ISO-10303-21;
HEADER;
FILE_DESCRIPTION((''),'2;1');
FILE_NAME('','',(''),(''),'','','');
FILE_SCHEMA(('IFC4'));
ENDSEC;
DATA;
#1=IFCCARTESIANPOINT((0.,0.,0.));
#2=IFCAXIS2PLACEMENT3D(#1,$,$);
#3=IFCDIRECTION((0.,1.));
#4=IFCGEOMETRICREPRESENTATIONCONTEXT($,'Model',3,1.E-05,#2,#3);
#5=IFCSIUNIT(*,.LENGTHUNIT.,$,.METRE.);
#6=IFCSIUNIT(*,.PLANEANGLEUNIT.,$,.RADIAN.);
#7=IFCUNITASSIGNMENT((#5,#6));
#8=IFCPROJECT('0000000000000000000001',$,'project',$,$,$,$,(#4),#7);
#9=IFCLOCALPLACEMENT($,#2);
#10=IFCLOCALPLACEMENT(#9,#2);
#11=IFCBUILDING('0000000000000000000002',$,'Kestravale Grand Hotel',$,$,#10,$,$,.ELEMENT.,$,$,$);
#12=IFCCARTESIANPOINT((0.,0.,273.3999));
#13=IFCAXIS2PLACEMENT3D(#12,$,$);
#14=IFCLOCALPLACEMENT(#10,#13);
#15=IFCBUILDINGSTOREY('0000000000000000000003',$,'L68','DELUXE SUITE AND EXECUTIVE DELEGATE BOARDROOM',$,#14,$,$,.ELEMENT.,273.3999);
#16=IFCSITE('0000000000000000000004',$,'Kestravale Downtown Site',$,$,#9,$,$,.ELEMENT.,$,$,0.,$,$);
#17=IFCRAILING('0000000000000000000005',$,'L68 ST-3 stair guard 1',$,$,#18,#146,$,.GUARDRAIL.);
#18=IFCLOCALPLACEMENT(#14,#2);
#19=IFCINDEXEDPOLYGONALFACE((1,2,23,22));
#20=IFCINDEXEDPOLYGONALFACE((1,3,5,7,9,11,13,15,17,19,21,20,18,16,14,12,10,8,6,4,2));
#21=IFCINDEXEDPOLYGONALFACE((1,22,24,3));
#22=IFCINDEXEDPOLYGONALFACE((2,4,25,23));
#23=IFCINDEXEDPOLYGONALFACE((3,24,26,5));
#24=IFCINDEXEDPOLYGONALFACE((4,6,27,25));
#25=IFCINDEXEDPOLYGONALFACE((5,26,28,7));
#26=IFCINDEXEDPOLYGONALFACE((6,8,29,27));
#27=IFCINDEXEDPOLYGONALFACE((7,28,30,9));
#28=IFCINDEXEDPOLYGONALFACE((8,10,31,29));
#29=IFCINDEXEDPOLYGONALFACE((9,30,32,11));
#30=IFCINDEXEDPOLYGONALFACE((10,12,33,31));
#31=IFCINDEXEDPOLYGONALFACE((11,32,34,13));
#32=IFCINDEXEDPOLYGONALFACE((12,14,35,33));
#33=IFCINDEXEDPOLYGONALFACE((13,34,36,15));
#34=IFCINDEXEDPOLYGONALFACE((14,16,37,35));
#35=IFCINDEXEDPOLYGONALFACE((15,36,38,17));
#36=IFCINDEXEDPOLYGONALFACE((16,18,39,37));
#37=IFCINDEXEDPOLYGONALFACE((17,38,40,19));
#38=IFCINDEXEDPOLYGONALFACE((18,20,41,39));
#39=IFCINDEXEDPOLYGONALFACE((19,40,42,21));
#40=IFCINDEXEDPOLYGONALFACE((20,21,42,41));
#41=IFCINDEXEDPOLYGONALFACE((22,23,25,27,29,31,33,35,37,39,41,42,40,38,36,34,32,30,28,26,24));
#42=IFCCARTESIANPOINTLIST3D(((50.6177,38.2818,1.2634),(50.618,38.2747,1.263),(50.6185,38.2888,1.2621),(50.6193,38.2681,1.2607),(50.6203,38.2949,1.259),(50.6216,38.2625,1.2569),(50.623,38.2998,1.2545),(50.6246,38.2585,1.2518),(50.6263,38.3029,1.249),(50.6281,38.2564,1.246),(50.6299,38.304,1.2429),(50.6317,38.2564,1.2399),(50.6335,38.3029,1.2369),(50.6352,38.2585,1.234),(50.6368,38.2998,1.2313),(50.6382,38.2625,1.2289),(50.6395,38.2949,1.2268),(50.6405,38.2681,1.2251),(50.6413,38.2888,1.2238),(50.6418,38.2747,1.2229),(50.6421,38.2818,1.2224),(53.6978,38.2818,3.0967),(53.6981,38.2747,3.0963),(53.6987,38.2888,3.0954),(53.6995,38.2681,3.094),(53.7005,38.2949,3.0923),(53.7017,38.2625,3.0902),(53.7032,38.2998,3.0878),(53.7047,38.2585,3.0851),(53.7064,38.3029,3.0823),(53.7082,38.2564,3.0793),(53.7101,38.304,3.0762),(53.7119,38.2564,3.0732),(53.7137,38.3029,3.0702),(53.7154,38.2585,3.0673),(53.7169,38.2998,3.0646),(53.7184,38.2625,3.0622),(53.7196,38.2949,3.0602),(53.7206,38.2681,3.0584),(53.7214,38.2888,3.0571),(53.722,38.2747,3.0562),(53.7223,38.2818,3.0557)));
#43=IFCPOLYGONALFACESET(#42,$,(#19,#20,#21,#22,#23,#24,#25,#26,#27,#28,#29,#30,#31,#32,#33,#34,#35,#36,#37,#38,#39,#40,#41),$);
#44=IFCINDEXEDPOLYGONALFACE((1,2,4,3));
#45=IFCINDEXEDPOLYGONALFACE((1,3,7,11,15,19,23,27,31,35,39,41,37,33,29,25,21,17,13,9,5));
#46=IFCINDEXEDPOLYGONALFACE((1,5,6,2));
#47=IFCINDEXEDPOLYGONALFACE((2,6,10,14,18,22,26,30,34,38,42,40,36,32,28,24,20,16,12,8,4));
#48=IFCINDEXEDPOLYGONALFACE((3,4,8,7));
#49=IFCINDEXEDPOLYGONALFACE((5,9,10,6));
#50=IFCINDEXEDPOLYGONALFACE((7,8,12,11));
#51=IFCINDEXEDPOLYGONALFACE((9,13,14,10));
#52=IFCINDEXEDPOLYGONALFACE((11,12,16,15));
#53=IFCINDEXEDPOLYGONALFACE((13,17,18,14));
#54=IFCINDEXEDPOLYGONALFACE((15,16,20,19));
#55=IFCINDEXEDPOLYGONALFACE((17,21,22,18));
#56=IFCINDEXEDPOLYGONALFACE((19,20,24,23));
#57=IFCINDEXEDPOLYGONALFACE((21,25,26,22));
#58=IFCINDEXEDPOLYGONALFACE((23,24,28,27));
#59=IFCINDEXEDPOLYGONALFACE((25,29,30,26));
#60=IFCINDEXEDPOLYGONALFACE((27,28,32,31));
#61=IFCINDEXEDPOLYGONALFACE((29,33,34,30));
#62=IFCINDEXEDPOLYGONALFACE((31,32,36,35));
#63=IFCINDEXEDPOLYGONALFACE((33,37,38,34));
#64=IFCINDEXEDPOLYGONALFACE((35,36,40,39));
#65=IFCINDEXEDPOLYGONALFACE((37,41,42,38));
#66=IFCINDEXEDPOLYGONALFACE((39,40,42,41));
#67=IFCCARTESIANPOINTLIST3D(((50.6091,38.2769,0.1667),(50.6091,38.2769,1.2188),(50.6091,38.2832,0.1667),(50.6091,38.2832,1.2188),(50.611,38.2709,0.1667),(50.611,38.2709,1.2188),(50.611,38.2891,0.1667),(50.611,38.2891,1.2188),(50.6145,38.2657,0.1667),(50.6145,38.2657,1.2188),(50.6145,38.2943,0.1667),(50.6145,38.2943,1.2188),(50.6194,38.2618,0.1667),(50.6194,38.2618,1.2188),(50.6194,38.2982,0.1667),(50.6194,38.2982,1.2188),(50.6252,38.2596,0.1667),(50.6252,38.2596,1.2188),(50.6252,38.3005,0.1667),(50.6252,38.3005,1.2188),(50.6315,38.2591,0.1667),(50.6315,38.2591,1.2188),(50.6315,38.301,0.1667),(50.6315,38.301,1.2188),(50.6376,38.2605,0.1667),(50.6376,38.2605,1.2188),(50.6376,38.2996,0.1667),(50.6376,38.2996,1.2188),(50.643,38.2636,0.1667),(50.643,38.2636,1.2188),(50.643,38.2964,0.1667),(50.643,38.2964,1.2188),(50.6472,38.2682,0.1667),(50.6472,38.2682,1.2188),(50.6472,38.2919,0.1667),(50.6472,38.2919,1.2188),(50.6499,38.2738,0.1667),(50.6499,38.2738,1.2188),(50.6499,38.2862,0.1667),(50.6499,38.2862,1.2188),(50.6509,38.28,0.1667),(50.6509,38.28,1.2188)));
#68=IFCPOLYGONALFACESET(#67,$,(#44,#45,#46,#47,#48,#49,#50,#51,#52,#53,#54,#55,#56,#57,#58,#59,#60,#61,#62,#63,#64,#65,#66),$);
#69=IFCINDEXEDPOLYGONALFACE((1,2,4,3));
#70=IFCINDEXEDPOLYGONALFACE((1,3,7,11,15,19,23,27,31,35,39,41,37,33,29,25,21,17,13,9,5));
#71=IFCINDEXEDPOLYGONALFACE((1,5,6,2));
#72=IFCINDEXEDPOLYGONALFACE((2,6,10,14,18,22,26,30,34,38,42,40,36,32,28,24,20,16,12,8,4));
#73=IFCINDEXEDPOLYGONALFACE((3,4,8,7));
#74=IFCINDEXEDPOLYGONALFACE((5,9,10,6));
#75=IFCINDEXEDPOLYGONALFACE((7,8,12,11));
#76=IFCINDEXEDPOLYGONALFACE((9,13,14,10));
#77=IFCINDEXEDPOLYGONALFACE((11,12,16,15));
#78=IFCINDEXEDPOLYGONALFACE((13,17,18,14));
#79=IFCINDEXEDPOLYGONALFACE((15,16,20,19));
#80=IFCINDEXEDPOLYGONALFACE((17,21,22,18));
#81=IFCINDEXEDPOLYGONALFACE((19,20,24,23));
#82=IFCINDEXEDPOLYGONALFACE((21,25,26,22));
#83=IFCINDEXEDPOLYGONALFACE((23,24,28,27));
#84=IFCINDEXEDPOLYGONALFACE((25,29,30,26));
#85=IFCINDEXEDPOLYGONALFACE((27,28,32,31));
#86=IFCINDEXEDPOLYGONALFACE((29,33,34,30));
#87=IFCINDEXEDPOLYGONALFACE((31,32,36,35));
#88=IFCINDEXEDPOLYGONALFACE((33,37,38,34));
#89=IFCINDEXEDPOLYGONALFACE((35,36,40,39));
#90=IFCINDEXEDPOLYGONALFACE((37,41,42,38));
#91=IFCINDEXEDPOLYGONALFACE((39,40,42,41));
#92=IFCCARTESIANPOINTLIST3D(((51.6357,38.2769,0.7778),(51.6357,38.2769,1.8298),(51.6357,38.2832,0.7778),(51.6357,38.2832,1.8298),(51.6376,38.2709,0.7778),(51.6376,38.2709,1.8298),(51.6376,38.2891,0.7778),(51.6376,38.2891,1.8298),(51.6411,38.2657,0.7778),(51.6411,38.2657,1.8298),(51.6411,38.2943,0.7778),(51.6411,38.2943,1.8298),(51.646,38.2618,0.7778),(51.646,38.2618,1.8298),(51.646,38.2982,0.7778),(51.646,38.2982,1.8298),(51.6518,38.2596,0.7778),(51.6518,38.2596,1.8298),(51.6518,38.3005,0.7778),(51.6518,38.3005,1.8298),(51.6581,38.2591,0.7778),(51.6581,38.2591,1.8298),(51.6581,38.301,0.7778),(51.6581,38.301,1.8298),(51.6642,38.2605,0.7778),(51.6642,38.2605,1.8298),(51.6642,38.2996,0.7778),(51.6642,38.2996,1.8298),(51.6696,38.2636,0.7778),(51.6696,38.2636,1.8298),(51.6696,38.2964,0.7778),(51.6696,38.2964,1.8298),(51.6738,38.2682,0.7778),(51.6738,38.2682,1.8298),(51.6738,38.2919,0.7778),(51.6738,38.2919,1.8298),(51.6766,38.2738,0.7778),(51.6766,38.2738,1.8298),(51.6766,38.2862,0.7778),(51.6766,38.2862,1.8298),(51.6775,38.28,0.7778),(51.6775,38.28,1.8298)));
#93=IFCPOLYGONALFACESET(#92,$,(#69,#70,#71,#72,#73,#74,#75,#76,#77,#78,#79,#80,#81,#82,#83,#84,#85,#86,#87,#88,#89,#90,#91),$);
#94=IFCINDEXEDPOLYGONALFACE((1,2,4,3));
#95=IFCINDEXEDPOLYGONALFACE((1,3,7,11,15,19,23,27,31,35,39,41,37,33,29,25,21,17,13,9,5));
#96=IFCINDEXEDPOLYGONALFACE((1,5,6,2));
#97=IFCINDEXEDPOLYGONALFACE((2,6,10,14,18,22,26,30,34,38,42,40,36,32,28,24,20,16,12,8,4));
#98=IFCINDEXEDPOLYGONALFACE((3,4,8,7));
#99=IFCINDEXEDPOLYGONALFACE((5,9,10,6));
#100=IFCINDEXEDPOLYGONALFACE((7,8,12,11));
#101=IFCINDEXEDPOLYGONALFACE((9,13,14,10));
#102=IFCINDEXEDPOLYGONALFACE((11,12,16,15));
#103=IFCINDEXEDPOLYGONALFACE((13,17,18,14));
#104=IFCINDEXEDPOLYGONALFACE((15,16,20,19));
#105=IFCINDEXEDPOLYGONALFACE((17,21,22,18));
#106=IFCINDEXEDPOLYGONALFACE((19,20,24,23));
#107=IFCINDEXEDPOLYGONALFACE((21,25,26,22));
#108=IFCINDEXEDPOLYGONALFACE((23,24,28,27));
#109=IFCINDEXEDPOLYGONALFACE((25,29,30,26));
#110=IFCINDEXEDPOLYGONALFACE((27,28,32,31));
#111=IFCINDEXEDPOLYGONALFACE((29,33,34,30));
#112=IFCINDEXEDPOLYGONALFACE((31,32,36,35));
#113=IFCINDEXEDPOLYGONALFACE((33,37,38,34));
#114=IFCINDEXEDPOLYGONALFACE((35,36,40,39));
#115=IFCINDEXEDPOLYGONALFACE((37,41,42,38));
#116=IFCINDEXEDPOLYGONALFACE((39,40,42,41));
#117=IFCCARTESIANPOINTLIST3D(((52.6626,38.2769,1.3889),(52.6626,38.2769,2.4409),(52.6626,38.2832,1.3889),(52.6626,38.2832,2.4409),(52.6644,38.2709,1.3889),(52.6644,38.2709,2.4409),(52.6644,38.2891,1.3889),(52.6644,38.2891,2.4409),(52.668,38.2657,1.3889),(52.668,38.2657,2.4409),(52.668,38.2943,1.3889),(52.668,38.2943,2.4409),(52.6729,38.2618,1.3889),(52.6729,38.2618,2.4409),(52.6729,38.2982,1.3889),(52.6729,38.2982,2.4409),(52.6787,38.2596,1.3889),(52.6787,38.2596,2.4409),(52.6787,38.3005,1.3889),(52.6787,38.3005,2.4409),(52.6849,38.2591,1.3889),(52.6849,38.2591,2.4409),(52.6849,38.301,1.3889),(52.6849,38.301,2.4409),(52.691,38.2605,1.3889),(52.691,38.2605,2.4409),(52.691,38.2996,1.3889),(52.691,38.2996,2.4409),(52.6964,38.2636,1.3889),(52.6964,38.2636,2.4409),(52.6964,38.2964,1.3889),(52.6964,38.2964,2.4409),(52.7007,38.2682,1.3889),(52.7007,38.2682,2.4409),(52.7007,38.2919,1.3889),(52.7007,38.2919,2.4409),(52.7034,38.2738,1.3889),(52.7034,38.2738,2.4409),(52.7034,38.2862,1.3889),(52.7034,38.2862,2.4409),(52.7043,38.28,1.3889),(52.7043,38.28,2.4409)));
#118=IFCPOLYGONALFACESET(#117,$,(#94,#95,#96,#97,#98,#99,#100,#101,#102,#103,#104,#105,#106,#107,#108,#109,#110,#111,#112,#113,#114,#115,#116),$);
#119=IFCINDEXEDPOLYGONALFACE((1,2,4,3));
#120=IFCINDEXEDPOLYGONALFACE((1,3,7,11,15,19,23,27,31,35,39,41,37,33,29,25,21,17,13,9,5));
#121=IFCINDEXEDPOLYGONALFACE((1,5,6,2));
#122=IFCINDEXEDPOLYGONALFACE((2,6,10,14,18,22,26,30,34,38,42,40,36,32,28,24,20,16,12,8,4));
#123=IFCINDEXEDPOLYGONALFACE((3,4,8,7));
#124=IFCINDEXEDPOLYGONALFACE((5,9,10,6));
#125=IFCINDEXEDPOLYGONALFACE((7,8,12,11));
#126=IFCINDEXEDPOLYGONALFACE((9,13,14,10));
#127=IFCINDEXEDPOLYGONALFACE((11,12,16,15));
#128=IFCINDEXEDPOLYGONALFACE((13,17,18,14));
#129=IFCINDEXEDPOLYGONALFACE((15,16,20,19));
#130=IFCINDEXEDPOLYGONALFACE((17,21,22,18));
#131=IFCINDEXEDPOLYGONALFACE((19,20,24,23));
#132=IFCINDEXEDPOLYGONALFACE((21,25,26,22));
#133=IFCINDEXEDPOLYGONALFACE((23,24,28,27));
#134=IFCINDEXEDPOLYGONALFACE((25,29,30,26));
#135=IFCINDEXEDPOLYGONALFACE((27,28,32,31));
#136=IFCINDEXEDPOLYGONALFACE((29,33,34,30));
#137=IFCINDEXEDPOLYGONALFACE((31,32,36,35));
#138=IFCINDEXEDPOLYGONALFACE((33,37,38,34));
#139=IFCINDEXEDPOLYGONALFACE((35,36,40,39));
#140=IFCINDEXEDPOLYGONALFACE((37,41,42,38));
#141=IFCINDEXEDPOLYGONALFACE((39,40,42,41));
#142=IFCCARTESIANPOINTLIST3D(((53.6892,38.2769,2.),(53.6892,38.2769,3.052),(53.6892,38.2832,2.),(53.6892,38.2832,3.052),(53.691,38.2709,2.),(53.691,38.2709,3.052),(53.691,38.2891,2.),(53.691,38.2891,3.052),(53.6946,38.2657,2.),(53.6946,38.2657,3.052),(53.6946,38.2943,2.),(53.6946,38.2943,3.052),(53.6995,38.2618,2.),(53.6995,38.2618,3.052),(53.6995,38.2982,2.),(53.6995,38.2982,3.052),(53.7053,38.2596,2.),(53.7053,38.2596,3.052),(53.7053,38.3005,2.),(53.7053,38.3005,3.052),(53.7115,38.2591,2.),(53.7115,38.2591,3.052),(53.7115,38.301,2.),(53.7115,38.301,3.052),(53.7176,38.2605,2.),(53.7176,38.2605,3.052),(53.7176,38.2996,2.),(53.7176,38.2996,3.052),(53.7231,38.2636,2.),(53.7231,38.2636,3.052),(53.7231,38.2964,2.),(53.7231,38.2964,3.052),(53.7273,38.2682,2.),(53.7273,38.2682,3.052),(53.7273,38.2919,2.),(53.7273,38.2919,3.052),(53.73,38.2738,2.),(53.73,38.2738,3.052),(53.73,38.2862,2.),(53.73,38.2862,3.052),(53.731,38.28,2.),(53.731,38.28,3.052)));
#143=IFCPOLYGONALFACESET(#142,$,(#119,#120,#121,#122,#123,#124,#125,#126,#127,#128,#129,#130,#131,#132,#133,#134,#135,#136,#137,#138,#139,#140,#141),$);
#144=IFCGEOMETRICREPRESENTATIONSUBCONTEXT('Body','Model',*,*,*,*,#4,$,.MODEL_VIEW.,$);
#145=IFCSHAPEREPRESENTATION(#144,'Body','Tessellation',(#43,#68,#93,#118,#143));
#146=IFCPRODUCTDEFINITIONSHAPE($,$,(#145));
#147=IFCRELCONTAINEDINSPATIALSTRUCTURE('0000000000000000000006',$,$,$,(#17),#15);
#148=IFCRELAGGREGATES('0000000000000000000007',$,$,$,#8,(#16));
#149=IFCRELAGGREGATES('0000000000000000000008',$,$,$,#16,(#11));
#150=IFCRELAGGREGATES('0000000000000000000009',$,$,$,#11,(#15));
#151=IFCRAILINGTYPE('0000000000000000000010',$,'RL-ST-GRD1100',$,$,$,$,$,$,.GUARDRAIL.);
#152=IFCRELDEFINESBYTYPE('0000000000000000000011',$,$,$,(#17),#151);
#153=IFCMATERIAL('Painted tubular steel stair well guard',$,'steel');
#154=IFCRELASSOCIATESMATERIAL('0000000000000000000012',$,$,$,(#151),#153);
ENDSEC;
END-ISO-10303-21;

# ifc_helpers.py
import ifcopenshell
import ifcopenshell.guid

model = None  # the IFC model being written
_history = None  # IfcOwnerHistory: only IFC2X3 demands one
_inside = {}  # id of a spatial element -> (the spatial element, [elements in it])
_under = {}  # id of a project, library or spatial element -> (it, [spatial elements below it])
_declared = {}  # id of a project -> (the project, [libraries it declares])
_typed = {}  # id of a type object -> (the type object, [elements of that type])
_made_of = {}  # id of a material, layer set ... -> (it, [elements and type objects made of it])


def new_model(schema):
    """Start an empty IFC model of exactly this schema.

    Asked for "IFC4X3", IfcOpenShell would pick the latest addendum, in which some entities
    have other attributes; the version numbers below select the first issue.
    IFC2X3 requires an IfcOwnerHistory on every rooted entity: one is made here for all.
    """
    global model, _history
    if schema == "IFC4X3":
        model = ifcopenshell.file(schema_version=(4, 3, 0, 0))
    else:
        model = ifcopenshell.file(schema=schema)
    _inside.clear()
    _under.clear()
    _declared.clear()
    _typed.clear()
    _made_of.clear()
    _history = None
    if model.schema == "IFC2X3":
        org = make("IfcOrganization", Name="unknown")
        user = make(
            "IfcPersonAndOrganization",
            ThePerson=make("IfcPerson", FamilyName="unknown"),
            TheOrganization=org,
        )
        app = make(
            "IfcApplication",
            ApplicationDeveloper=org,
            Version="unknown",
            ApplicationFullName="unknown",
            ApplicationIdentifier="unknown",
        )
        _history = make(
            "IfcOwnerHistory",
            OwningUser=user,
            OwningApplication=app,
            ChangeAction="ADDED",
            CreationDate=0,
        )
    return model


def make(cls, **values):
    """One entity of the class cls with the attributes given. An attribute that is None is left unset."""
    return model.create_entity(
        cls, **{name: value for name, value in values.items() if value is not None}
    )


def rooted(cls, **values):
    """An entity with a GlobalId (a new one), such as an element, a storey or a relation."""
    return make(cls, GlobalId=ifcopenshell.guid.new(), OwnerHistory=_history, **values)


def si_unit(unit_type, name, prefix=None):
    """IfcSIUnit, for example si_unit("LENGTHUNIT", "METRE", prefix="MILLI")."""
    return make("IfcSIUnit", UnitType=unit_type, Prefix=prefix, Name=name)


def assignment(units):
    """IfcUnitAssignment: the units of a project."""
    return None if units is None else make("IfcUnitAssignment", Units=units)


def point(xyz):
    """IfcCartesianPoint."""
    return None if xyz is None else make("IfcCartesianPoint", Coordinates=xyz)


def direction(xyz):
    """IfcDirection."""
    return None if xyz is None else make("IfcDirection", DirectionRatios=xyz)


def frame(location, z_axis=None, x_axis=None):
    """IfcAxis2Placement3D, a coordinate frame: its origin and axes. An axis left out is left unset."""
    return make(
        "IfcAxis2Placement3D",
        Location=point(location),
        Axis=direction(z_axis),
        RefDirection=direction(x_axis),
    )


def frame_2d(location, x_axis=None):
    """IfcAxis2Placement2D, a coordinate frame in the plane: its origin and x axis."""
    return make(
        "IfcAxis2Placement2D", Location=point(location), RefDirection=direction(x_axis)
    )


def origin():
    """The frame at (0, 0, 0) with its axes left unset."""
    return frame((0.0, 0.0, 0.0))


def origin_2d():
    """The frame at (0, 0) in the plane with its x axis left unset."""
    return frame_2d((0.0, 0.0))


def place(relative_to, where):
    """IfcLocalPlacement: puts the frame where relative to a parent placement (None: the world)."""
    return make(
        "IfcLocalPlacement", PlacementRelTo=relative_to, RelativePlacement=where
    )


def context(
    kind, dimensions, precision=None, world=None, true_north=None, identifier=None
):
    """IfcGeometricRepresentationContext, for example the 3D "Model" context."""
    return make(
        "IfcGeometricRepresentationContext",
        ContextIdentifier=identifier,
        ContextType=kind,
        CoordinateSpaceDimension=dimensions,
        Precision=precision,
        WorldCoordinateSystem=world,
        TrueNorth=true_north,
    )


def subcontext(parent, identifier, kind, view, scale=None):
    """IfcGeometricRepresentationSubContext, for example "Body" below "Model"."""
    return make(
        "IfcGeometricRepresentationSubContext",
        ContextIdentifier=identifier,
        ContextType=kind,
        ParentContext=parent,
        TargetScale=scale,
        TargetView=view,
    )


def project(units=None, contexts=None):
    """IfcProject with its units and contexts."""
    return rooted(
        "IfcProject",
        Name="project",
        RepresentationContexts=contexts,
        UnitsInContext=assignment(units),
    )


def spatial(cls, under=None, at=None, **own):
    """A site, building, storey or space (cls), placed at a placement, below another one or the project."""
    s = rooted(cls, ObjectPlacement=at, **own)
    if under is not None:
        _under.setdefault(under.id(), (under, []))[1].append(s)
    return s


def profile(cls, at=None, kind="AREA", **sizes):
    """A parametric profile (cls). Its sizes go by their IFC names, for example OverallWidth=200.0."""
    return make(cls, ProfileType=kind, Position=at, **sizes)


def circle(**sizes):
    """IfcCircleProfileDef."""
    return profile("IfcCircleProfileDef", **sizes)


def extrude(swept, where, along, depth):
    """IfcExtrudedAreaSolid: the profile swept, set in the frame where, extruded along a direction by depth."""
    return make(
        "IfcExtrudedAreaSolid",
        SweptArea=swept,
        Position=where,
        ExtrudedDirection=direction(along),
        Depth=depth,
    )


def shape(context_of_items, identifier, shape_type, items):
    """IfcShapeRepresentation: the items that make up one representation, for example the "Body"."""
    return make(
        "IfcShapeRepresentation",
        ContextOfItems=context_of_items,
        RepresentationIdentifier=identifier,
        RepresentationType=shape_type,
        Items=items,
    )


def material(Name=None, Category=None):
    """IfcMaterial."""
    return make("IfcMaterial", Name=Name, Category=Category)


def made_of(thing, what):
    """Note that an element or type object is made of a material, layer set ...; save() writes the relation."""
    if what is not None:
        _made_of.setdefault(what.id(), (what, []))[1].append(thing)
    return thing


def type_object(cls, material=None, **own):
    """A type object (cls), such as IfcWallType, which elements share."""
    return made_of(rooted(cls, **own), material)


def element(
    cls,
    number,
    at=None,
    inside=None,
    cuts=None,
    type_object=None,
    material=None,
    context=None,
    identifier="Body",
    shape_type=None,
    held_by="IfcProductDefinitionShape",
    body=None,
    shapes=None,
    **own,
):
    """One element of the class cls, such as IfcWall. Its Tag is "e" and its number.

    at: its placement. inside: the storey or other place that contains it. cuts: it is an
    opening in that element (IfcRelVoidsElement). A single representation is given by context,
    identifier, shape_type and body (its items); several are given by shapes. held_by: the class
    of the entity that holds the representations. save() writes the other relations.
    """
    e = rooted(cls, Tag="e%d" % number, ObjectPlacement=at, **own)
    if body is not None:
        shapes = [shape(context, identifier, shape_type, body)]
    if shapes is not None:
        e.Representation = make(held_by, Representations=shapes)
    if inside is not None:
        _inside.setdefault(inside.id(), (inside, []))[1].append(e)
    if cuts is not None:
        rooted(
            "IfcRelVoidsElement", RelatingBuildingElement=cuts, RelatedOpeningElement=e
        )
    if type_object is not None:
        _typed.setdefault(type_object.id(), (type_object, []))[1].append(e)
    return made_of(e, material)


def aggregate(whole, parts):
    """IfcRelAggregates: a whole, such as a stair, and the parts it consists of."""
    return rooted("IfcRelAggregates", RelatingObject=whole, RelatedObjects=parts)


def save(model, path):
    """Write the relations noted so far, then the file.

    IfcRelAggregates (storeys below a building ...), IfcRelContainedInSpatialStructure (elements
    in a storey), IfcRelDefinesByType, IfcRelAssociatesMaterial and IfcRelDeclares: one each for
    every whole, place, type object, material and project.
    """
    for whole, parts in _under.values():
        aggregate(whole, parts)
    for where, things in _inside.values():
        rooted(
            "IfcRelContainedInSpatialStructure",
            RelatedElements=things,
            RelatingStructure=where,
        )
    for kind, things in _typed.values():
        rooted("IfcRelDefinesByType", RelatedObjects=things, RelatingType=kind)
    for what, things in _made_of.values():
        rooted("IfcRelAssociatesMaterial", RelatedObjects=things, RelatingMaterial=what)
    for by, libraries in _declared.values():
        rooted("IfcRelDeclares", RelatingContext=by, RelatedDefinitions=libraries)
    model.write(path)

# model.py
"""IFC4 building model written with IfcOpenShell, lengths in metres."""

from ifc_helpers import new_model, si_unit, direction, frame, origin, origin_2d, place, context, subcontext, project, spatial, circle, extrude, material, type_object, element, save


model = new_model("IFC4")

# Units and contexts
model_context = context("Model", 3, precision=1e-05, world=origin(), true_north=direction((0.0, 1.0)))
body_context = subcontext(model_context, "Body", "Model", "MODEL_VIEW")
ifc_project = project(units=[si_unit("LENGTHUNIT", "METRE"), si_unit("PLANEANGLEUNIT", "RADIAN")], contexts=[model_context])

# Site, building, storey
site_placement = place(None, origin())
site = spatial("IfcSite", under=ifc_project, at=site_placement, Name="Kestravale Downtown Site", CompositionType="ELEMENT", RefElevation=0.0)
building_placement = place(site_placement, origin())
building = spatial("IfcBuilding", under=site, at=building_placement, Name="Kestravale Grand Hotel", CompositionType="ELEMENT")
storey_placement = place(building_placement, frame((0.0, 0.0, 273.3999)))
storey = spatial("IfcBuildingStorey", under=building, at=storey_placement, Name="L68", Description="DELUXE SUITE AND EXECUTIVE DELEGATE BOARDROOM", CompositionType="ELEMENT", Elevation=273.3999)

# Railing
ifc_material_1 = material(Name="Painted tubular steel stair well guard", Category="steel")
railing_type_1 = type_object("IfcRailingType", Name="RL-ST-GRD1100", PredefinedType="GUARDRAIL", material=ifc_material_1)
railing_1_placement = place(storey_placement, frame((50.6299, 38.28, 0.1667)))
element("IfcRailing", 1, at=railing_1_placement, inside=storey, type_object=railing_type_1, Name="L68 ST-3 stair guard 1", PredefinedType="GUARDRAIL", context=body_context, shape_type="SweptSolid", body=[
    extrude(circle(Radius=0.0239, at=origin_2d()), frame((0.0, 0.0, 1.0762), z_axis=(0.859309, 0.0, 0.511458), x_axis=(0.0, 1.0, 0.0)), (0.0, 0.0, 1.0), 3.5845),
    extrude(circle(Radius=0.021, at=origin_2d()), origin(), (0.0, 0.0, 1.0), 1.052),
    extrude(circle(Radius=0.021, at=origin_2d()), frame((1.0266, 0.0, 0.6111)), (0.0, 0.0, 1.0), 1.052),
    extrude(circle(Radius=0.021, at=origin_2d()), frame((2.0535, 0.0, 1.2222)), (0.0, 0.0, 1.0), 1.052),
    extrude(circle(Radius=0.021, at=origin_2d()), frame((3.0801, 0.0, 1.8333)), (0.0, 0.0, 1.0), 1.052),
])

save(model, "model.ifc")
